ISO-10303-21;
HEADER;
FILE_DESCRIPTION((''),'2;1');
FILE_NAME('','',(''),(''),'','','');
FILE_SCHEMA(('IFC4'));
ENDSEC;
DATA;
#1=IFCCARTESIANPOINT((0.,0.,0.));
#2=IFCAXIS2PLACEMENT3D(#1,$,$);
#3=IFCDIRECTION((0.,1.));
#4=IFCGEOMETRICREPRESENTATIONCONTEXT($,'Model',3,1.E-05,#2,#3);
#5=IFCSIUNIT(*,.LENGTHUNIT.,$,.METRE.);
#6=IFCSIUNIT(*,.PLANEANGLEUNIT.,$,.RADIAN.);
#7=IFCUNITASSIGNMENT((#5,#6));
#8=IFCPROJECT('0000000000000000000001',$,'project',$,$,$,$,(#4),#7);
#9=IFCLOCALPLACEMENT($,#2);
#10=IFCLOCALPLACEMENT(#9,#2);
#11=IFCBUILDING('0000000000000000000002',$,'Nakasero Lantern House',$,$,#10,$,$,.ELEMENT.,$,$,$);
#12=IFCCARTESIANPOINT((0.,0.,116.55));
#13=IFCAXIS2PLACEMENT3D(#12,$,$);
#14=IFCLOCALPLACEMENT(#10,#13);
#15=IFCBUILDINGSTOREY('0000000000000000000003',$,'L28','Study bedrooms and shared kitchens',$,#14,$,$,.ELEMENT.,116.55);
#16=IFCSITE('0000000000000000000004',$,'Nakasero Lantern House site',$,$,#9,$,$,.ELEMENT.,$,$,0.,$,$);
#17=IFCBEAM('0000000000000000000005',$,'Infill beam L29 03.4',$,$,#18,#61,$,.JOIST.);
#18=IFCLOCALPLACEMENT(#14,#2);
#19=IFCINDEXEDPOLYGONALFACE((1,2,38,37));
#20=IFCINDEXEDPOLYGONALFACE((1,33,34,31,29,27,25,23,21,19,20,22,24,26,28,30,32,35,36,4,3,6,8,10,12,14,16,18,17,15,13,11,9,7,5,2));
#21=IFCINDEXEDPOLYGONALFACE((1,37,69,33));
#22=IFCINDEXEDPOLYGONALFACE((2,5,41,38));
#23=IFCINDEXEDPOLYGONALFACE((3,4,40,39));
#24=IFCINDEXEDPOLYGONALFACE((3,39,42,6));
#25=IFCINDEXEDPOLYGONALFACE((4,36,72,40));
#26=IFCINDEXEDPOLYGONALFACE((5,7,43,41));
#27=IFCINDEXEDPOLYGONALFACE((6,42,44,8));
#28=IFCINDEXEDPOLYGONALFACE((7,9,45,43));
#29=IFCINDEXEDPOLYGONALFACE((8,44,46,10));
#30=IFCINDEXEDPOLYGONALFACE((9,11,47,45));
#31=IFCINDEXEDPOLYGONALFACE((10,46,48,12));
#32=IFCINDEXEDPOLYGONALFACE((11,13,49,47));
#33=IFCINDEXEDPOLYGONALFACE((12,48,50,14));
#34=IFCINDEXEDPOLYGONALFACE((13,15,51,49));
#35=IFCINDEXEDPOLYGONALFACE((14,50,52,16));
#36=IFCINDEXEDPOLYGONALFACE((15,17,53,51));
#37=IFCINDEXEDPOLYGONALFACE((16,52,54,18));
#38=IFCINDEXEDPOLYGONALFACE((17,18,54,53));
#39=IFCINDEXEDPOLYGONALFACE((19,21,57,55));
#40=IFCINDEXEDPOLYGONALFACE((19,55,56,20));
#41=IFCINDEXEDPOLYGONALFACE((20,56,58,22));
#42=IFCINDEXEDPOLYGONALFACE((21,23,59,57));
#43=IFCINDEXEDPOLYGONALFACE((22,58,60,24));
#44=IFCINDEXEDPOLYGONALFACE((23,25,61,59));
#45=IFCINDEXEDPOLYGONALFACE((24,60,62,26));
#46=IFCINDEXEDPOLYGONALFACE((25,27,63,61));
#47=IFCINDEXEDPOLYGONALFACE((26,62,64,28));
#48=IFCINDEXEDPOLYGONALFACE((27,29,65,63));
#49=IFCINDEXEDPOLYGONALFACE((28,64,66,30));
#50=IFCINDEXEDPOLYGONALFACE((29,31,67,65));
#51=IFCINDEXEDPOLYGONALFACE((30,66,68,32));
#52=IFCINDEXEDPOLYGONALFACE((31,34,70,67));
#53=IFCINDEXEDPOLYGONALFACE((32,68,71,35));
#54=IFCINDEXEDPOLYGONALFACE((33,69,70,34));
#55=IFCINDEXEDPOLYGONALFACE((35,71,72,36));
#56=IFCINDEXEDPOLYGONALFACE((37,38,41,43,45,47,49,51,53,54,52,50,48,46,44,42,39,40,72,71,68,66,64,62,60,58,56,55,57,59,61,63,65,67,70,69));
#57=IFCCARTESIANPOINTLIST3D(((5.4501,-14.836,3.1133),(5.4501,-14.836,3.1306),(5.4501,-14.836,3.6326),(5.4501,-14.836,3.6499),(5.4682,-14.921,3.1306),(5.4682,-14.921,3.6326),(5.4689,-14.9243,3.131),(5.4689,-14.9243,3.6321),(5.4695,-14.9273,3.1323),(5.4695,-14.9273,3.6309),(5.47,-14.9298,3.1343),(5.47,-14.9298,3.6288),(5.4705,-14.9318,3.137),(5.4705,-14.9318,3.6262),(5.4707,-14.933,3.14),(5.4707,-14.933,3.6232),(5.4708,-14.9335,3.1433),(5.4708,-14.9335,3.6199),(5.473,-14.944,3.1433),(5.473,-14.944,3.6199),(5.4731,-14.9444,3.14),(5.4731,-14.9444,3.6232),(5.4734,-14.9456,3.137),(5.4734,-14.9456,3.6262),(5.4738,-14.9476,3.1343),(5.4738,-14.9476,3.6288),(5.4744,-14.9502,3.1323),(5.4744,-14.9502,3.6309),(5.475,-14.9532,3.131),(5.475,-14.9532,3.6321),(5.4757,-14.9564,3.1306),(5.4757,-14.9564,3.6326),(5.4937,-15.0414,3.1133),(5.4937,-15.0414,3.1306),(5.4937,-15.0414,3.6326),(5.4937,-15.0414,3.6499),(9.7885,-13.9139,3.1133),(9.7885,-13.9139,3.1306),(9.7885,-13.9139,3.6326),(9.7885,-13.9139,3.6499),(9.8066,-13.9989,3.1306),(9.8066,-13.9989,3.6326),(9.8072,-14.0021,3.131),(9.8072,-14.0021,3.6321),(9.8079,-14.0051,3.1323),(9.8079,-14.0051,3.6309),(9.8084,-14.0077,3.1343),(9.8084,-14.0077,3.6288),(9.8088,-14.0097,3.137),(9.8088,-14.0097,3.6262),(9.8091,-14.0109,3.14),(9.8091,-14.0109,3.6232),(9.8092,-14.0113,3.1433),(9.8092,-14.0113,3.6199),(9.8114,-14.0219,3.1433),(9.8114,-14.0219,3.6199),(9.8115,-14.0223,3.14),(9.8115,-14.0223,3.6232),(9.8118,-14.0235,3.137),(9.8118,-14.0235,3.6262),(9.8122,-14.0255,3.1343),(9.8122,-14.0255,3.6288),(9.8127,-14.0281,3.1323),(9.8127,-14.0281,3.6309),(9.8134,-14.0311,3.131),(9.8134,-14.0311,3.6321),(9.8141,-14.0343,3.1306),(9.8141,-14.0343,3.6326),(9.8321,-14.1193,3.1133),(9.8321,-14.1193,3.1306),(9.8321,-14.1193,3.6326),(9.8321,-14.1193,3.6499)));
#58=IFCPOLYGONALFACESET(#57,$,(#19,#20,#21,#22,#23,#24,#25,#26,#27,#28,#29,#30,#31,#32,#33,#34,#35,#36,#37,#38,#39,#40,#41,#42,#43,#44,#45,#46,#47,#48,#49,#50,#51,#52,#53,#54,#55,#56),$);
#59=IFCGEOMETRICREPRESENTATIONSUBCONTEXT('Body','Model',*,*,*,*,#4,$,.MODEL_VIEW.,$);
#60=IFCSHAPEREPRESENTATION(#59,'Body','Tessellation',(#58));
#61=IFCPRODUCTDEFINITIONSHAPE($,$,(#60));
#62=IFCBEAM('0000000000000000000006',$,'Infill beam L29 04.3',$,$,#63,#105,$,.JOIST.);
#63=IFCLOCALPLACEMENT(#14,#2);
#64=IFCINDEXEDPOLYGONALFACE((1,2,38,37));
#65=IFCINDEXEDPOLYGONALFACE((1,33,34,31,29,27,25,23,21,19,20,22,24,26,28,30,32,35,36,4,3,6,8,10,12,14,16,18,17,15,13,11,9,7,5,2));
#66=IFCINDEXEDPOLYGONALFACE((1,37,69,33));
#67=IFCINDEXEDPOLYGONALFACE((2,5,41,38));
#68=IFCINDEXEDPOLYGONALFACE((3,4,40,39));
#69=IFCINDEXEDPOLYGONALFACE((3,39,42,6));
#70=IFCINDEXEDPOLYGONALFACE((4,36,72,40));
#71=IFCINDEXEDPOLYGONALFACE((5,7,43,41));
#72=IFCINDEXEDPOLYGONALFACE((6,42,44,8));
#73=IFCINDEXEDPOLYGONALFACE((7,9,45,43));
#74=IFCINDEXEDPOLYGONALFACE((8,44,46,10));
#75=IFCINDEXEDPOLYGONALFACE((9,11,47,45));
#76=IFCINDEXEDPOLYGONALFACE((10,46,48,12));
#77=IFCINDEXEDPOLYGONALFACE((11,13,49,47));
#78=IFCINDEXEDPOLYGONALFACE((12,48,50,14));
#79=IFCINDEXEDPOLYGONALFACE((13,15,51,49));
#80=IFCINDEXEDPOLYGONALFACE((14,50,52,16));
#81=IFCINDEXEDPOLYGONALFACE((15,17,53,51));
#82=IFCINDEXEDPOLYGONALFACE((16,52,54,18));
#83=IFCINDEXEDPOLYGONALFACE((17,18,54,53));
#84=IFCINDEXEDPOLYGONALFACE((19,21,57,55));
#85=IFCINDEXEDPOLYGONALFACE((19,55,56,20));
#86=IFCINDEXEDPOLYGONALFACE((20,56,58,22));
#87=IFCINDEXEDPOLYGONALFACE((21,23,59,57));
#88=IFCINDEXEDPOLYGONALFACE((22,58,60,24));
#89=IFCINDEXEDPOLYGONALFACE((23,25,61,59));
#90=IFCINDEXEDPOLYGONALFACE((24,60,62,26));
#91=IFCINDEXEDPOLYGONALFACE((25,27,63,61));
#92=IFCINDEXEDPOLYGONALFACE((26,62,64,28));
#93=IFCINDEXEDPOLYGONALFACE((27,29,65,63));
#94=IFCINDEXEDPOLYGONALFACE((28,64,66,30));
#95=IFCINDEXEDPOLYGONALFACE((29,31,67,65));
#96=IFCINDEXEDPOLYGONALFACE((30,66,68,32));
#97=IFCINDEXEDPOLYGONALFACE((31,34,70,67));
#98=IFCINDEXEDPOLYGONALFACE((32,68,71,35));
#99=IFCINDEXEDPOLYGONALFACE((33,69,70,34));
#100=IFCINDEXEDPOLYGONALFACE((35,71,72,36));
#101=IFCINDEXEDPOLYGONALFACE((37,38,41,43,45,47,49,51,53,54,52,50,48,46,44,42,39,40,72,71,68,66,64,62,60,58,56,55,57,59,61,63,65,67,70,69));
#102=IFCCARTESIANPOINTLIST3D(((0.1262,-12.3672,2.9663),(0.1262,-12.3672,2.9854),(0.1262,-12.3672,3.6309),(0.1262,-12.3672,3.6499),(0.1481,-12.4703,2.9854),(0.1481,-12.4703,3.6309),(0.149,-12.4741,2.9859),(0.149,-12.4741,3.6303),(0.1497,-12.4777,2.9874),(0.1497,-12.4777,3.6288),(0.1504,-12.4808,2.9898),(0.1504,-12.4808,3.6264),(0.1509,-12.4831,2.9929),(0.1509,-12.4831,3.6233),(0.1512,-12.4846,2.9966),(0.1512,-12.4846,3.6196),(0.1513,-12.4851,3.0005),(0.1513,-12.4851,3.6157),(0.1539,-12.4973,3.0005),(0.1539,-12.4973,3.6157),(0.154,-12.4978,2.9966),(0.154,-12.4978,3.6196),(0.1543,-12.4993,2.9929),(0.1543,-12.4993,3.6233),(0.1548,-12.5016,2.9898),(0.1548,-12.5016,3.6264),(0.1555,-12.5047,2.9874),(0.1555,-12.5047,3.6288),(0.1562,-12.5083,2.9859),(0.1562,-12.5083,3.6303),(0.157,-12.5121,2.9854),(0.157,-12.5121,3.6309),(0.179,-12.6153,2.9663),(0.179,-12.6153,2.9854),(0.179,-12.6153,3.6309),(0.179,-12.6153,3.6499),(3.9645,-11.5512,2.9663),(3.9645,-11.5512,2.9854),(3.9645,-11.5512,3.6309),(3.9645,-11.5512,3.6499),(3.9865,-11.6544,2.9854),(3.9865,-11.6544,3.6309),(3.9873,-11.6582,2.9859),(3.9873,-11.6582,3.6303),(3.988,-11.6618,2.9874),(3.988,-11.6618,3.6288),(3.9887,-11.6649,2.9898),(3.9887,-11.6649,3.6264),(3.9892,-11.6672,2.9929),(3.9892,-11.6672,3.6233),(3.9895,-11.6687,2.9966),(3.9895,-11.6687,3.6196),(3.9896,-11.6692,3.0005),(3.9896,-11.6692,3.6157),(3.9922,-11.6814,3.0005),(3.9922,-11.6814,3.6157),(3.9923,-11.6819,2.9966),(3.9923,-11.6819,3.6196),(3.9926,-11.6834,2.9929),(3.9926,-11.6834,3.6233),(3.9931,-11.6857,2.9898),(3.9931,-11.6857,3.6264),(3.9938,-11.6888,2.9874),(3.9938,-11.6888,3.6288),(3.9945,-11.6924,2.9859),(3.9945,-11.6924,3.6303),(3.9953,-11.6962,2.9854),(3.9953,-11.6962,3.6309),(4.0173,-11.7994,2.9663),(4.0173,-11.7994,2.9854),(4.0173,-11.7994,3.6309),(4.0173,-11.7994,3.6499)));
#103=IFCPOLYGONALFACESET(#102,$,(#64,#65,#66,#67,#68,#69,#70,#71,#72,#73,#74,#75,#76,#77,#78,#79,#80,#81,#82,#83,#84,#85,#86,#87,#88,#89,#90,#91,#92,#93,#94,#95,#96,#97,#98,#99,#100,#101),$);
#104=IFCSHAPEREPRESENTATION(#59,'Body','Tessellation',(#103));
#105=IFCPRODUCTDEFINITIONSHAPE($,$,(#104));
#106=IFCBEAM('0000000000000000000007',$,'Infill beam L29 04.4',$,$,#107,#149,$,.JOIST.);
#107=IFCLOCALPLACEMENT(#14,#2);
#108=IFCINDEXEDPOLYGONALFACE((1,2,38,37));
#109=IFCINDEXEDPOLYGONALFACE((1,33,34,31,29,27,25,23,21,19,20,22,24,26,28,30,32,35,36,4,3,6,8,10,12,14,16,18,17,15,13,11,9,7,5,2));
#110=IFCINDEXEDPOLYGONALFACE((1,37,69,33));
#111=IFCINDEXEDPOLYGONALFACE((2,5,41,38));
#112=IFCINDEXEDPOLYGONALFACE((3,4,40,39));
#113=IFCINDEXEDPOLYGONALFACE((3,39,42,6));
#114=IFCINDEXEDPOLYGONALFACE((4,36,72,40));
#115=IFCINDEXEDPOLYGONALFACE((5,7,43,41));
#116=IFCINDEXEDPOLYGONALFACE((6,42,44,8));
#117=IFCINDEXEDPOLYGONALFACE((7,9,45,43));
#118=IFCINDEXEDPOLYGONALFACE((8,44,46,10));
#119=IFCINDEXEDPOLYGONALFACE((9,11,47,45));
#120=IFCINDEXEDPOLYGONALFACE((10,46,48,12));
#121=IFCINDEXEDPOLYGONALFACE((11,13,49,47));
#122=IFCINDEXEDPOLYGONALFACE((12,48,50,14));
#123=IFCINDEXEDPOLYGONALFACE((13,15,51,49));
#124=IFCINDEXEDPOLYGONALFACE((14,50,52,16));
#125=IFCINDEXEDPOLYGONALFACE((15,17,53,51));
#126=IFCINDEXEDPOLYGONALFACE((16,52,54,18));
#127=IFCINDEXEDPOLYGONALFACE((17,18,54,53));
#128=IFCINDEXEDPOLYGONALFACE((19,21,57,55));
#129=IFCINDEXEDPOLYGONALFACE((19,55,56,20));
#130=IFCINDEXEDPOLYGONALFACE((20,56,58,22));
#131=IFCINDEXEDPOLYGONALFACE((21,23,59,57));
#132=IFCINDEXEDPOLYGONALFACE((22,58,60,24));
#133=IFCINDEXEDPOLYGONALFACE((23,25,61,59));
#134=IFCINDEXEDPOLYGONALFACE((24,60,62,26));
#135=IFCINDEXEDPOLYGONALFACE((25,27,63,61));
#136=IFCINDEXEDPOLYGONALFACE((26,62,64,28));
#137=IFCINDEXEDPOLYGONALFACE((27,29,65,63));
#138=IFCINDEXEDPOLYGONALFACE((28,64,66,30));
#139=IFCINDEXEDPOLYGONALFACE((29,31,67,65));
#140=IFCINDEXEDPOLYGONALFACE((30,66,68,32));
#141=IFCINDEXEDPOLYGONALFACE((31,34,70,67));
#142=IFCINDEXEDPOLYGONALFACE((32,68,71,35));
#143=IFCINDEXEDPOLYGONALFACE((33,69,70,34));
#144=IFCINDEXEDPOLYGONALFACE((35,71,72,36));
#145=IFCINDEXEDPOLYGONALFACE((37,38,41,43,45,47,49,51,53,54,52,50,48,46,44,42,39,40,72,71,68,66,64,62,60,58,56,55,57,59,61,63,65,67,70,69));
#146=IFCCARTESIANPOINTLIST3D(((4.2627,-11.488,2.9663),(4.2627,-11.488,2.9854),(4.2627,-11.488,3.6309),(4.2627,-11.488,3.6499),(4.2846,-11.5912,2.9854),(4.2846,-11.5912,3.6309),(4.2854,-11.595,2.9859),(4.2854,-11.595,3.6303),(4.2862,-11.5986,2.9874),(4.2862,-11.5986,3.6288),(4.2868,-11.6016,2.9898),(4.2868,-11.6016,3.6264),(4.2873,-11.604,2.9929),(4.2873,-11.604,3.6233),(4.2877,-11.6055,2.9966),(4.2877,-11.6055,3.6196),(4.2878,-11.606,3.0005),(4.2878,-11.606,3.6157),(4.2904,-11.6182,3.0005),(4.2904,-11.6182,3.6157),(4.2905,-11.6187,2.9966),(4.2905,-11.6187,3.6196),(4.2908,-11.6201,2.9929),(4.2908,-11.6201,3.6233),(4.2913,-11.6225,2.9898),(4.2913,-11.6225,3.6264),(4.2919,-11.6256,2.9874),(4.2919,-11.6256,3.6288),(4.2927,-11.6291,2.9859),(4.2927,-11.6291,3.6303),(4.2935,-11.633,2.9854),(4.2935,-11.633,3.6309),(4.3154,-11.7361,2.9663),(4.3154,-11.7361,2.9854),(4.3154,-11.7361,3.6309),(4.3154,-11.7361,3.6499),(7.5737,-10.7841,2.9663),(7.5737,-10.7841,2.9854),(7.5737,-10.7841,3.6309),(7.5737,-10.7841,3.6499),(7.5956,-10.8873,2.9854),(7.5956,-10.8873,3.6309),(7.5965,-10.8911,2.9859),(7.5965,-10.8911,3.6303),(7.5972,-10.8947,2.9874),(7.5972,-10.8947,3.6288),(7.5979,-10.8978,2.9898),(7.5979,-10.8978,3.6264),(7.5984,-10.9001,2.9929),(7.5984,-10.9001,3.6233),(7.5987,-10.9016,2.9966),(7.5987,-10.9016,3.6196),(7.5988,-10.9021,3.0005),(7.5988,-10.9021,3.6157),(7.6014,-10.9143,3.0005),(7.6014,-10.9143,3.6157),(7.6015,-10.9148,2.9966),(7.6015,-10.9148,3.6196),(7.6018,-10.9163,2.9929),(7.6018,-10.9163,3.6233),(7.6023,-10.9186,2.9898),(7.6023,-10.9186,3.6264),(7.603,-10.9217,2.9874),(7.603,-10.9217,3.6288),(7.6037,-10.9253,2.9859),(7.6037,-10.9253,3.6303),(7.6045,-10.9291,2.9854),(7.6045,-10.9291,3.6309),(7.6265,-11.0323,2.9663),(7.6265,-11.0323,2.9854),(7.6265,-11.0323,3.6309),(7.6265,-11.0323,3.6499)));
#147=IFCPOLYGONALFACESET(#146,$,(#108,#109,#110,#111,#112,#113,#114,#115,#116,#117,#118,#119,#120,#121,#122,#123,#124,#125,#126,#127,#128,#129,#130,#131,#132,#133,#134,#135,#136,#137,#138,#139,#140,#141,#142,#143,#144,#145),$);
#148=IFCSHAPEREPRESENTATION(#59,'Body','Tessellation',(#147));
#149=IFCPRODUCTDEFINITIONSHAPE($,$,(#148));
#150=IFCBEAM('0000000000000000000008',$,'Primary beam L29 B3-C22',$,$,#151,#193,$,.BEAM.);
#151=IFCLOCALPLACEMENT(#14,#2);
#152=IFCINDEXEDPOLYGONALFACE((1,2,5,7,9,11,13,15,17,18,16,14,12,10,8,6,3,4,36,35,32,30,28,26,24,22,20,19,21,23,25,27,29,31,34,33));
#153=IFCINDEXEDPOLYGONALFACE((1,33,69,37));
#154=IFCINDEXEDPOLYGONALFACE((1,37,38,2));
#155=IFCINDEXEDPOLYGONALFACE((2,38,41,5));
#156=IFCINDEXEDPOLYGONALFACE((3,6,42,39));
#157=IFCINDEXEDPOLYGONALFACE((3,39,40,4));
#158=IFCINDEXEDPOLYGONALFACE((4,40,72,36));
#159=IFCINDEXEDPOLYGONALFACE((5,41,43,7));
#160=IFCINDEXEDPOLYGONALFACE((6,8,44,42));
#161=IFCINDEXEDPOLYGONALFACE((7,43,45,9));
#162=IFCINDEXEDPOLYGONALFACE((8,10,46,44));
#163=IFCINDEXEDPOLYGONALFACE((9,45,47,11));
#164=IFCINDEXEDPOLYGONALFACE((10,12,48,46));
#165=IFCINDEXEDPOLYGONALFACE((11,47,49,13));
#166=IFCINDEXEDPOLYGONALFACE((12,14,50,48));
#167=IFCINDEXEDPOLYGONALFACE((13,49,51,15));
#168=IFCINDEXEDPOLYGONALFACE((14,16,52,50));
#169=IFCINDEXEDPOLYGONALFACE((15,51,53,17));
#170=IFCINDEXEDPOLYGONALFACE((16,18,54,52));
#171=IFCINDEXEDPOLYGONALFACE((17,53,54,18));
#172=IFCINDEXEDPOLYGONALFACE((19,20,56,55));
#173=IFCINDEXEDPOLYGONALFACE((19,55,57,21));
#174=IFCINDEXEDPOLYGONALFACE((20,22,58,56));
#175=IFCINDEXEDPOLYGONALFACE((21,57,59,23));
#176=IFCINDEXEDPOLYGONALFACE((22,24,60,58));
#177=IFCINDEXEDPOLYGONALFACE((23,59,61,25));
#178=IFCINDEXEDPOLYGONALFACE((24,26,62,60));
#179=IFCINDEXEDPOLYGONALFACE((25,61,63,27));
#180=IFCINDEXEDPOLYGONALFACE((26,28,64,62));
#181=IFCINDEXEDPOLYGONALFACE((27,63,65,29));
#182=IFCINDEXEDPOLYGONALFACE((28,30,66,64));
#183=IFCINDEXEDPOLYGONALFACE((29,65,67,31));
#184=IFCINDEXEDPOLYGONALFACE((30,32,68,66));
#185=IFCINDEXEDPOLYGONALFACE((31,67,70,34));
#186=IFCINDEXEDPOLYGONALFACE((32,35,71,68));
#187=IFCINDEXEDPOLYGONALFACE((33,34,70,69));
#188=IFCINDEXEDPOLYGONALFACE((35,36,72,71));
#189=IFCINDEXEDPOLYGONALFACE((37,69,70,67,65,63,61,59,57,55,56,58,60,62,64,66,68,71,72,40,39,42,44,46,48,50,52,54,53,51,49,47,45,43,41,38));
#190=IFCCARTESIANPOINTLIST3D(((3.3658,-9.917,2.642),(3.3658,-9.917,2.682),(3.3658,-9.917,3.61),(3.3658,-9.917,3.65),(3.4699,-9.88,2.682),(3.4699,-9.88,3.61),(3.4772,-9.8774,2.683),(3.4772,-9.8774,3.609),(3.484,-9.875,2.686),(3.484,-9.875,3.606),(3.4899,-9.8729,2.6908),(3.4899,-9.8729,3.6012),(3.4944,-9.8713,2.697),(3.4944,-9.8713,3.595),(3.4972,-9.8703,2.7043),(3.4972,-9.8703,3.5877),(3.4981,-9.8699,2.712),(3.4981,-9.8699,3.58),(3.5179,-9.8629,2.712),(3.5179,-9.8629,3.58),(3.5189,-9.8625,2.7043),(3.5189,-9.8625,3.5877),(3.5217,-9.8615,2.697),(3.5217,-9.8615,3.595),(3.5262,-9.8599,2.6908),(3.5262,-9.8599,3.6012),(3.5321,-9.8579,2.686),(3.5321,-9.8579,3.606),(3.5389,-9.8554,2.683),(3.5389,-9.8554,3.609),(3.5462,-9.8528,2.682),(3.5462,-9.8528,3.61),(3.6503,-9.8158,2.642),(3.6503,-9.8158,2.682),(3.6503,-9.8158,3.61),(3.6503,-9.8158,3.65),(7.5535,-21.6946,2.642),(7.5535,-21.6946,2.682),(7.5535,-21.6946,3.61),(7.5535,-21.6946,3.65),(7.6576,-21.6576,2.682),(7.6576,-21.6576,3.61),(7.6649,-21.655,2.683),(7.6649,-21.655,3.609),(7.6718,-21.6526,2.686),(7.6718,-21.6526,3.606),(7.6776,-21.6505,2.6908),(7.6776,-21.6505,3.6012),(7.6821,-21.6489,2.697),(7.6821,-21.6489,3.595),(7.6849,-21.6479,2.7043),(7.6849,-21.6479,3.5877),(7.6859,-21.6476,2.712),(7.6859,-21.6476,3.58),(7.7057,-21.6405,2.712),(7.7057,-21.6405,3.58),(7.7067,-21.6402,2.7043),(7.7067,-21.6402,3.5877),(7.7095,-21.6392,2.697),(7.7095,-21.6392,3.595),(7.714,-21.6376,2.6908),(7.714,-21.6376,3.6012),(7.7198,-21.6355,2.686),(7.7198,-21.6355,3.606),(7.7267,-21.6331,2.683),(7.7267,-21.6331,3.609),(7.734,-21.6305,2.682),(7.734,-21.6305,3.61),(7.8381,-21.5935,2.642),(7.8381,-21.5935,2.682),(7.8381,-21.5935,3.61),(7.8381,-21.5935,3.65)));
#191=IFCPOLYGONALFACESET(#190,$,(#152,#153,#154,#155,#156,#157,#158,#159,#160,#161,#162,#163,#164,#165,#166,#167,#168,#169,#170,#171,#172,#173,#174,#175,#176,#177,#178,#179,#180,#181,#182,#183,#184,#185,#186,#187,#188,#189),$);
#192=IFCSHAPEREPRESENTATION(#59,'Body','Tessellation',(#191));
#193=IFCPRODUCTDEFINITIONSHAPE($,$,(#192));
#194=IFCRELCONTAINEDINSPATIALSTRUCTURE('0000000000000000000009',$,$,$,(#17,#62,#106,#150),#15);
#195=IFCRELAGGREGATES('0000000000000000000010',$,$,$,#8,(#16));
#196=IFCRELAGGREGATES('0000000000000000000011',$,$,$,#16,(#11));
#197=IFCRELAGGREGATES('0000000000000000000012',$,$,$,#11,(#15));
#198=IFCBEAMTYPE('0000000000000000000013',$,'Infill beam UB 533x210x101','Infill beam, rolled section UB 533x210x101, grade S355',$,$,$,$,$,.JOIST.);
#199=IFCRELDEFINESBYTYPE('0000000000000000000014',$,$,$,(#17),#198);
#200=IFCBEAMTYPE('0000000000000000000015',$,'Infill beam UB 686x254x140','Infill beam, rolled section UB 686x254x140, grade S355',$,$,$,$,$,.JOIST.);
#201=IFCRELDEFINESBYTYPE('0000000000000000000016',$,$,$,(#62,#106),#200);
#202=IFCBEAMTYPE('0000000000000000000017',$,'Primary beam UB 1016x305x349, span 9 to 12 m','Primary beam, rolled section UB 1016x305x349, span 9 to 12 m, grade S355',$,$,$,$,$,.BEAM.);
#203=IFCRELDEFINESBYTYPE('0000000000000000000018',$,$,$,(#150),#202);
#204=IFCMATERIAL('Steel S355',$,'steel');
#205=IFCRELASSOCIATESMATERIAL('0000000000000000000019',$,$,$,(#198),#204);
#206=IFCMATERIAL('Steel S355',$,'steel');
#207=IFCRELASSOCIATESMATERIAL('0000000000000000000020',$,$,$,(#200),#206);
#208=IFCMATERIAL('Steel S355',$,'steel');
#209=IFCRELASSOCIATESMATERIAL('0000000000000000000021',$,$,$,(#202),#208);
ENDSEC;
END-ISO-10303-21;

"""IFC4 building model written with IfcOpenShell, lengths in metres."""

from ifc_helpers import new_model, si_unit, direction, frame, origin, origin_2d, place, context, subcontext, project, spatial, i_section, extrude, material, material_profile, profile_set, type_object, element, save


model = new_model("IFC4")

# Units and contexts
model_context = context("Model", 3, precision=1e-05, world=origin(), true_north=direction((0.0, 1.0)))
body_context = subcontext(model_context, "Body", "Model", "MODEL_VIEW")
ifc_project = project(units=[si_unit("LENGTHUNIT", "METRE"), si_unit("PLANEANGLEUNIT", "RADIAN")], contexts=[model_context])

# Site, building, storey
site_placement = place(None, origin())
site = spatial("IfcSite", under=ifc_project, at=site_placement, Name="Nakasero Lantern House site", CompositionType="ELEMENT", RefElevation=0.0)
building_placement = place(site_placement, origin())
building = spatial("IfcBuilding", under=site, at=building_placement, Name="Nakasero Lantern House", CompositionType="ELEMENT")
storey_placement = place(building_placement, frame((0.0, 0.0, 116.55)))
storey = spatial("IfcBuildingStorey", under=building, at=storey_placement, Name="L28", Description="Study bedrooms and shared kitchens", CompositionType="ELEMENT", Elevation=116.55)

# Beams
ifc_material_1 = material(Name="Steel S355", Category="steel")
ifc_material_profile_1 = material_profile(ifc_material_1, i_section(OverallWidth=0.21, OverallDepth=0.5366, WebThickness=0.0107, FlangeThickness=0.0173, FilletRadius=0.0127, at=origin_2d()), Name="UB 533x210x101")
ifc_profile_set_1 = profile_set([ifc_material_profile_1], Name="Steel S355")
beam_type_1 = type_object("IfcBeamType", Name="Infill beam UB 533x210x101", Description="Infill beam, rolled section UB 533x210x101, grade S355", PredefinedType="JOIST", material=ifc_profile_set_1)
beam_1_placement = place(storey_placement, frame((5.4719, -14.9387, 3.3816), z_axis=(0.978149, 0.207905, 0.0), x_axis=(-0.207905, 0.978149, 0.0)))
element("IfcBeam", 1, at=beam_1_placement, inside=storey, type_object=beam_type_1, Name="Infill beam L29 03.4", PredefinedType="JOIST", context=body_context, shape_type="SweptSolid", body=[
    extrude(i_section(OverallWidth=0.21, OverallDepth=0.5366, WebThickness=0.0107, FlangeThickness=0.0173, FilletRadius=0.0127, at=origin_2d()), origin(), (0.0, 0.0, 1.0), 4.4353),
])
ifc_material_2 = material(Name="Steel S355", Category="steel")
ifc_material_profile_2 = material_profile(ifc_material_2, i_section(OverallWidth=0.2537, OverallDepth=0.6836, WebThickness=0.0125, FlangeThickness=0.019, FilletRadius=0.0151, at=origin_2d()), Name="UB 686x254x140")
ifc_profile_set_2 = profile_set([ifc_material_profile_2], Name="Steel S355")
beam_type_2 = type_object("IfcBeamType", Name="Infill beam UB 686x254x140", Description="Infill beam, rolled section UB 686x254x140, grade S355", PredefinedType="JOIST", material=ifc_profile_set_2)
beam_2_placement = place(storey_placement, frame((0.1526, -12.4912, 3.3081), z_axis=(0.978145, 0.207923, 0.0), x_axis=(-0.207923, 0.978145, 0.0)))
element("IfcBeam", 2, at=beam_2_placement, inside=storey, type_object=beam_type_2, Name="Infill beam L29 04.3", PredefinedType="JOIST", context=body_context, shape_type="SweptSolid", body=[
    extrude(i_section(OverallWidth=0.2537, OverallDepth=0.6836, WebThickness=0.0125, FlangeThickness=0.019, FilletRadius=0.0151, at=origin_2d()), origin(), (0.0, 0.0, 1.0), 3.9241),
])
beam_3_placement = place(storey_placement, frame((4.2891, -11.6121, 3.3081), z_axis=(0.978143, 0.207933, 0.0), x_axis=(-0.207933, 0.978143, 0.0)))
element("IfcBeam", 3, at=beam_3_placement, inside=storey, type_object=beam_type_2, Name="Infill beam L29 04.4", PredefinedType="JOIST", context=body_context, shape_type="SweptSolid", body=[
    extrude(i_section(OverallWidth=0.2537, OverallDepth=0.6836, WebThickness=0.0125, FlangeThickness=0.019, FilletRadius=0.0151, at=origin_2d()), origin(), (0.0, 0.0, 1.0), 3.385),
])
ifc_material_3 = material(Name="Steel S355", Category="steel")
ifc_material_profile_3 = material_profile(ifc_material_3, i_section(OverallWidth=0.302, OverallDepth=1.0081, WebThickness=0.021, FlangeThickness=0.04, FilletRadius=0.03, at=origin_2d()), Name="UB 1016x305x349")
ifc_profile_set_3 = profile_set([ifc_material_profile_3], Name="Steel S355")
beam_type_3 = type_object("IfcBeamType", Name="Primary beam UB 1016x305x349, span 9 to 12 m", Description="Primary beam, rolled section UB 1016x305x349, span 9 to 12 m, grade S355", PredefinedType="BEAM", material=ifc_profile_set_3)
beam_4_placement = place(storey_placement, frame((7.6958, -21.644, 3.146), z_axis=(-0.335021, 0.942211, 0.0), x_axis=(-0.942211, -0.335021, 0.0)))
element("IfcBeam", 4, at=beam_4_placement, inside=storey, type_object=beam_type_3, Name="Primary beam L29 B3-C22", PredefinedType="BEAM", context=body_context, shape_type="SweptSolid", body=[
    extrude(i_section(OverallWidth=0.302, OverallDepth=1.0081, WebThickness=0.021, FlangeThickness=0.04, FilletRadius=0.03, at=origin_2d()), origin(), (0.0, 0.0, 1.0), 12.5),
])

save(model, "model.ifc")
